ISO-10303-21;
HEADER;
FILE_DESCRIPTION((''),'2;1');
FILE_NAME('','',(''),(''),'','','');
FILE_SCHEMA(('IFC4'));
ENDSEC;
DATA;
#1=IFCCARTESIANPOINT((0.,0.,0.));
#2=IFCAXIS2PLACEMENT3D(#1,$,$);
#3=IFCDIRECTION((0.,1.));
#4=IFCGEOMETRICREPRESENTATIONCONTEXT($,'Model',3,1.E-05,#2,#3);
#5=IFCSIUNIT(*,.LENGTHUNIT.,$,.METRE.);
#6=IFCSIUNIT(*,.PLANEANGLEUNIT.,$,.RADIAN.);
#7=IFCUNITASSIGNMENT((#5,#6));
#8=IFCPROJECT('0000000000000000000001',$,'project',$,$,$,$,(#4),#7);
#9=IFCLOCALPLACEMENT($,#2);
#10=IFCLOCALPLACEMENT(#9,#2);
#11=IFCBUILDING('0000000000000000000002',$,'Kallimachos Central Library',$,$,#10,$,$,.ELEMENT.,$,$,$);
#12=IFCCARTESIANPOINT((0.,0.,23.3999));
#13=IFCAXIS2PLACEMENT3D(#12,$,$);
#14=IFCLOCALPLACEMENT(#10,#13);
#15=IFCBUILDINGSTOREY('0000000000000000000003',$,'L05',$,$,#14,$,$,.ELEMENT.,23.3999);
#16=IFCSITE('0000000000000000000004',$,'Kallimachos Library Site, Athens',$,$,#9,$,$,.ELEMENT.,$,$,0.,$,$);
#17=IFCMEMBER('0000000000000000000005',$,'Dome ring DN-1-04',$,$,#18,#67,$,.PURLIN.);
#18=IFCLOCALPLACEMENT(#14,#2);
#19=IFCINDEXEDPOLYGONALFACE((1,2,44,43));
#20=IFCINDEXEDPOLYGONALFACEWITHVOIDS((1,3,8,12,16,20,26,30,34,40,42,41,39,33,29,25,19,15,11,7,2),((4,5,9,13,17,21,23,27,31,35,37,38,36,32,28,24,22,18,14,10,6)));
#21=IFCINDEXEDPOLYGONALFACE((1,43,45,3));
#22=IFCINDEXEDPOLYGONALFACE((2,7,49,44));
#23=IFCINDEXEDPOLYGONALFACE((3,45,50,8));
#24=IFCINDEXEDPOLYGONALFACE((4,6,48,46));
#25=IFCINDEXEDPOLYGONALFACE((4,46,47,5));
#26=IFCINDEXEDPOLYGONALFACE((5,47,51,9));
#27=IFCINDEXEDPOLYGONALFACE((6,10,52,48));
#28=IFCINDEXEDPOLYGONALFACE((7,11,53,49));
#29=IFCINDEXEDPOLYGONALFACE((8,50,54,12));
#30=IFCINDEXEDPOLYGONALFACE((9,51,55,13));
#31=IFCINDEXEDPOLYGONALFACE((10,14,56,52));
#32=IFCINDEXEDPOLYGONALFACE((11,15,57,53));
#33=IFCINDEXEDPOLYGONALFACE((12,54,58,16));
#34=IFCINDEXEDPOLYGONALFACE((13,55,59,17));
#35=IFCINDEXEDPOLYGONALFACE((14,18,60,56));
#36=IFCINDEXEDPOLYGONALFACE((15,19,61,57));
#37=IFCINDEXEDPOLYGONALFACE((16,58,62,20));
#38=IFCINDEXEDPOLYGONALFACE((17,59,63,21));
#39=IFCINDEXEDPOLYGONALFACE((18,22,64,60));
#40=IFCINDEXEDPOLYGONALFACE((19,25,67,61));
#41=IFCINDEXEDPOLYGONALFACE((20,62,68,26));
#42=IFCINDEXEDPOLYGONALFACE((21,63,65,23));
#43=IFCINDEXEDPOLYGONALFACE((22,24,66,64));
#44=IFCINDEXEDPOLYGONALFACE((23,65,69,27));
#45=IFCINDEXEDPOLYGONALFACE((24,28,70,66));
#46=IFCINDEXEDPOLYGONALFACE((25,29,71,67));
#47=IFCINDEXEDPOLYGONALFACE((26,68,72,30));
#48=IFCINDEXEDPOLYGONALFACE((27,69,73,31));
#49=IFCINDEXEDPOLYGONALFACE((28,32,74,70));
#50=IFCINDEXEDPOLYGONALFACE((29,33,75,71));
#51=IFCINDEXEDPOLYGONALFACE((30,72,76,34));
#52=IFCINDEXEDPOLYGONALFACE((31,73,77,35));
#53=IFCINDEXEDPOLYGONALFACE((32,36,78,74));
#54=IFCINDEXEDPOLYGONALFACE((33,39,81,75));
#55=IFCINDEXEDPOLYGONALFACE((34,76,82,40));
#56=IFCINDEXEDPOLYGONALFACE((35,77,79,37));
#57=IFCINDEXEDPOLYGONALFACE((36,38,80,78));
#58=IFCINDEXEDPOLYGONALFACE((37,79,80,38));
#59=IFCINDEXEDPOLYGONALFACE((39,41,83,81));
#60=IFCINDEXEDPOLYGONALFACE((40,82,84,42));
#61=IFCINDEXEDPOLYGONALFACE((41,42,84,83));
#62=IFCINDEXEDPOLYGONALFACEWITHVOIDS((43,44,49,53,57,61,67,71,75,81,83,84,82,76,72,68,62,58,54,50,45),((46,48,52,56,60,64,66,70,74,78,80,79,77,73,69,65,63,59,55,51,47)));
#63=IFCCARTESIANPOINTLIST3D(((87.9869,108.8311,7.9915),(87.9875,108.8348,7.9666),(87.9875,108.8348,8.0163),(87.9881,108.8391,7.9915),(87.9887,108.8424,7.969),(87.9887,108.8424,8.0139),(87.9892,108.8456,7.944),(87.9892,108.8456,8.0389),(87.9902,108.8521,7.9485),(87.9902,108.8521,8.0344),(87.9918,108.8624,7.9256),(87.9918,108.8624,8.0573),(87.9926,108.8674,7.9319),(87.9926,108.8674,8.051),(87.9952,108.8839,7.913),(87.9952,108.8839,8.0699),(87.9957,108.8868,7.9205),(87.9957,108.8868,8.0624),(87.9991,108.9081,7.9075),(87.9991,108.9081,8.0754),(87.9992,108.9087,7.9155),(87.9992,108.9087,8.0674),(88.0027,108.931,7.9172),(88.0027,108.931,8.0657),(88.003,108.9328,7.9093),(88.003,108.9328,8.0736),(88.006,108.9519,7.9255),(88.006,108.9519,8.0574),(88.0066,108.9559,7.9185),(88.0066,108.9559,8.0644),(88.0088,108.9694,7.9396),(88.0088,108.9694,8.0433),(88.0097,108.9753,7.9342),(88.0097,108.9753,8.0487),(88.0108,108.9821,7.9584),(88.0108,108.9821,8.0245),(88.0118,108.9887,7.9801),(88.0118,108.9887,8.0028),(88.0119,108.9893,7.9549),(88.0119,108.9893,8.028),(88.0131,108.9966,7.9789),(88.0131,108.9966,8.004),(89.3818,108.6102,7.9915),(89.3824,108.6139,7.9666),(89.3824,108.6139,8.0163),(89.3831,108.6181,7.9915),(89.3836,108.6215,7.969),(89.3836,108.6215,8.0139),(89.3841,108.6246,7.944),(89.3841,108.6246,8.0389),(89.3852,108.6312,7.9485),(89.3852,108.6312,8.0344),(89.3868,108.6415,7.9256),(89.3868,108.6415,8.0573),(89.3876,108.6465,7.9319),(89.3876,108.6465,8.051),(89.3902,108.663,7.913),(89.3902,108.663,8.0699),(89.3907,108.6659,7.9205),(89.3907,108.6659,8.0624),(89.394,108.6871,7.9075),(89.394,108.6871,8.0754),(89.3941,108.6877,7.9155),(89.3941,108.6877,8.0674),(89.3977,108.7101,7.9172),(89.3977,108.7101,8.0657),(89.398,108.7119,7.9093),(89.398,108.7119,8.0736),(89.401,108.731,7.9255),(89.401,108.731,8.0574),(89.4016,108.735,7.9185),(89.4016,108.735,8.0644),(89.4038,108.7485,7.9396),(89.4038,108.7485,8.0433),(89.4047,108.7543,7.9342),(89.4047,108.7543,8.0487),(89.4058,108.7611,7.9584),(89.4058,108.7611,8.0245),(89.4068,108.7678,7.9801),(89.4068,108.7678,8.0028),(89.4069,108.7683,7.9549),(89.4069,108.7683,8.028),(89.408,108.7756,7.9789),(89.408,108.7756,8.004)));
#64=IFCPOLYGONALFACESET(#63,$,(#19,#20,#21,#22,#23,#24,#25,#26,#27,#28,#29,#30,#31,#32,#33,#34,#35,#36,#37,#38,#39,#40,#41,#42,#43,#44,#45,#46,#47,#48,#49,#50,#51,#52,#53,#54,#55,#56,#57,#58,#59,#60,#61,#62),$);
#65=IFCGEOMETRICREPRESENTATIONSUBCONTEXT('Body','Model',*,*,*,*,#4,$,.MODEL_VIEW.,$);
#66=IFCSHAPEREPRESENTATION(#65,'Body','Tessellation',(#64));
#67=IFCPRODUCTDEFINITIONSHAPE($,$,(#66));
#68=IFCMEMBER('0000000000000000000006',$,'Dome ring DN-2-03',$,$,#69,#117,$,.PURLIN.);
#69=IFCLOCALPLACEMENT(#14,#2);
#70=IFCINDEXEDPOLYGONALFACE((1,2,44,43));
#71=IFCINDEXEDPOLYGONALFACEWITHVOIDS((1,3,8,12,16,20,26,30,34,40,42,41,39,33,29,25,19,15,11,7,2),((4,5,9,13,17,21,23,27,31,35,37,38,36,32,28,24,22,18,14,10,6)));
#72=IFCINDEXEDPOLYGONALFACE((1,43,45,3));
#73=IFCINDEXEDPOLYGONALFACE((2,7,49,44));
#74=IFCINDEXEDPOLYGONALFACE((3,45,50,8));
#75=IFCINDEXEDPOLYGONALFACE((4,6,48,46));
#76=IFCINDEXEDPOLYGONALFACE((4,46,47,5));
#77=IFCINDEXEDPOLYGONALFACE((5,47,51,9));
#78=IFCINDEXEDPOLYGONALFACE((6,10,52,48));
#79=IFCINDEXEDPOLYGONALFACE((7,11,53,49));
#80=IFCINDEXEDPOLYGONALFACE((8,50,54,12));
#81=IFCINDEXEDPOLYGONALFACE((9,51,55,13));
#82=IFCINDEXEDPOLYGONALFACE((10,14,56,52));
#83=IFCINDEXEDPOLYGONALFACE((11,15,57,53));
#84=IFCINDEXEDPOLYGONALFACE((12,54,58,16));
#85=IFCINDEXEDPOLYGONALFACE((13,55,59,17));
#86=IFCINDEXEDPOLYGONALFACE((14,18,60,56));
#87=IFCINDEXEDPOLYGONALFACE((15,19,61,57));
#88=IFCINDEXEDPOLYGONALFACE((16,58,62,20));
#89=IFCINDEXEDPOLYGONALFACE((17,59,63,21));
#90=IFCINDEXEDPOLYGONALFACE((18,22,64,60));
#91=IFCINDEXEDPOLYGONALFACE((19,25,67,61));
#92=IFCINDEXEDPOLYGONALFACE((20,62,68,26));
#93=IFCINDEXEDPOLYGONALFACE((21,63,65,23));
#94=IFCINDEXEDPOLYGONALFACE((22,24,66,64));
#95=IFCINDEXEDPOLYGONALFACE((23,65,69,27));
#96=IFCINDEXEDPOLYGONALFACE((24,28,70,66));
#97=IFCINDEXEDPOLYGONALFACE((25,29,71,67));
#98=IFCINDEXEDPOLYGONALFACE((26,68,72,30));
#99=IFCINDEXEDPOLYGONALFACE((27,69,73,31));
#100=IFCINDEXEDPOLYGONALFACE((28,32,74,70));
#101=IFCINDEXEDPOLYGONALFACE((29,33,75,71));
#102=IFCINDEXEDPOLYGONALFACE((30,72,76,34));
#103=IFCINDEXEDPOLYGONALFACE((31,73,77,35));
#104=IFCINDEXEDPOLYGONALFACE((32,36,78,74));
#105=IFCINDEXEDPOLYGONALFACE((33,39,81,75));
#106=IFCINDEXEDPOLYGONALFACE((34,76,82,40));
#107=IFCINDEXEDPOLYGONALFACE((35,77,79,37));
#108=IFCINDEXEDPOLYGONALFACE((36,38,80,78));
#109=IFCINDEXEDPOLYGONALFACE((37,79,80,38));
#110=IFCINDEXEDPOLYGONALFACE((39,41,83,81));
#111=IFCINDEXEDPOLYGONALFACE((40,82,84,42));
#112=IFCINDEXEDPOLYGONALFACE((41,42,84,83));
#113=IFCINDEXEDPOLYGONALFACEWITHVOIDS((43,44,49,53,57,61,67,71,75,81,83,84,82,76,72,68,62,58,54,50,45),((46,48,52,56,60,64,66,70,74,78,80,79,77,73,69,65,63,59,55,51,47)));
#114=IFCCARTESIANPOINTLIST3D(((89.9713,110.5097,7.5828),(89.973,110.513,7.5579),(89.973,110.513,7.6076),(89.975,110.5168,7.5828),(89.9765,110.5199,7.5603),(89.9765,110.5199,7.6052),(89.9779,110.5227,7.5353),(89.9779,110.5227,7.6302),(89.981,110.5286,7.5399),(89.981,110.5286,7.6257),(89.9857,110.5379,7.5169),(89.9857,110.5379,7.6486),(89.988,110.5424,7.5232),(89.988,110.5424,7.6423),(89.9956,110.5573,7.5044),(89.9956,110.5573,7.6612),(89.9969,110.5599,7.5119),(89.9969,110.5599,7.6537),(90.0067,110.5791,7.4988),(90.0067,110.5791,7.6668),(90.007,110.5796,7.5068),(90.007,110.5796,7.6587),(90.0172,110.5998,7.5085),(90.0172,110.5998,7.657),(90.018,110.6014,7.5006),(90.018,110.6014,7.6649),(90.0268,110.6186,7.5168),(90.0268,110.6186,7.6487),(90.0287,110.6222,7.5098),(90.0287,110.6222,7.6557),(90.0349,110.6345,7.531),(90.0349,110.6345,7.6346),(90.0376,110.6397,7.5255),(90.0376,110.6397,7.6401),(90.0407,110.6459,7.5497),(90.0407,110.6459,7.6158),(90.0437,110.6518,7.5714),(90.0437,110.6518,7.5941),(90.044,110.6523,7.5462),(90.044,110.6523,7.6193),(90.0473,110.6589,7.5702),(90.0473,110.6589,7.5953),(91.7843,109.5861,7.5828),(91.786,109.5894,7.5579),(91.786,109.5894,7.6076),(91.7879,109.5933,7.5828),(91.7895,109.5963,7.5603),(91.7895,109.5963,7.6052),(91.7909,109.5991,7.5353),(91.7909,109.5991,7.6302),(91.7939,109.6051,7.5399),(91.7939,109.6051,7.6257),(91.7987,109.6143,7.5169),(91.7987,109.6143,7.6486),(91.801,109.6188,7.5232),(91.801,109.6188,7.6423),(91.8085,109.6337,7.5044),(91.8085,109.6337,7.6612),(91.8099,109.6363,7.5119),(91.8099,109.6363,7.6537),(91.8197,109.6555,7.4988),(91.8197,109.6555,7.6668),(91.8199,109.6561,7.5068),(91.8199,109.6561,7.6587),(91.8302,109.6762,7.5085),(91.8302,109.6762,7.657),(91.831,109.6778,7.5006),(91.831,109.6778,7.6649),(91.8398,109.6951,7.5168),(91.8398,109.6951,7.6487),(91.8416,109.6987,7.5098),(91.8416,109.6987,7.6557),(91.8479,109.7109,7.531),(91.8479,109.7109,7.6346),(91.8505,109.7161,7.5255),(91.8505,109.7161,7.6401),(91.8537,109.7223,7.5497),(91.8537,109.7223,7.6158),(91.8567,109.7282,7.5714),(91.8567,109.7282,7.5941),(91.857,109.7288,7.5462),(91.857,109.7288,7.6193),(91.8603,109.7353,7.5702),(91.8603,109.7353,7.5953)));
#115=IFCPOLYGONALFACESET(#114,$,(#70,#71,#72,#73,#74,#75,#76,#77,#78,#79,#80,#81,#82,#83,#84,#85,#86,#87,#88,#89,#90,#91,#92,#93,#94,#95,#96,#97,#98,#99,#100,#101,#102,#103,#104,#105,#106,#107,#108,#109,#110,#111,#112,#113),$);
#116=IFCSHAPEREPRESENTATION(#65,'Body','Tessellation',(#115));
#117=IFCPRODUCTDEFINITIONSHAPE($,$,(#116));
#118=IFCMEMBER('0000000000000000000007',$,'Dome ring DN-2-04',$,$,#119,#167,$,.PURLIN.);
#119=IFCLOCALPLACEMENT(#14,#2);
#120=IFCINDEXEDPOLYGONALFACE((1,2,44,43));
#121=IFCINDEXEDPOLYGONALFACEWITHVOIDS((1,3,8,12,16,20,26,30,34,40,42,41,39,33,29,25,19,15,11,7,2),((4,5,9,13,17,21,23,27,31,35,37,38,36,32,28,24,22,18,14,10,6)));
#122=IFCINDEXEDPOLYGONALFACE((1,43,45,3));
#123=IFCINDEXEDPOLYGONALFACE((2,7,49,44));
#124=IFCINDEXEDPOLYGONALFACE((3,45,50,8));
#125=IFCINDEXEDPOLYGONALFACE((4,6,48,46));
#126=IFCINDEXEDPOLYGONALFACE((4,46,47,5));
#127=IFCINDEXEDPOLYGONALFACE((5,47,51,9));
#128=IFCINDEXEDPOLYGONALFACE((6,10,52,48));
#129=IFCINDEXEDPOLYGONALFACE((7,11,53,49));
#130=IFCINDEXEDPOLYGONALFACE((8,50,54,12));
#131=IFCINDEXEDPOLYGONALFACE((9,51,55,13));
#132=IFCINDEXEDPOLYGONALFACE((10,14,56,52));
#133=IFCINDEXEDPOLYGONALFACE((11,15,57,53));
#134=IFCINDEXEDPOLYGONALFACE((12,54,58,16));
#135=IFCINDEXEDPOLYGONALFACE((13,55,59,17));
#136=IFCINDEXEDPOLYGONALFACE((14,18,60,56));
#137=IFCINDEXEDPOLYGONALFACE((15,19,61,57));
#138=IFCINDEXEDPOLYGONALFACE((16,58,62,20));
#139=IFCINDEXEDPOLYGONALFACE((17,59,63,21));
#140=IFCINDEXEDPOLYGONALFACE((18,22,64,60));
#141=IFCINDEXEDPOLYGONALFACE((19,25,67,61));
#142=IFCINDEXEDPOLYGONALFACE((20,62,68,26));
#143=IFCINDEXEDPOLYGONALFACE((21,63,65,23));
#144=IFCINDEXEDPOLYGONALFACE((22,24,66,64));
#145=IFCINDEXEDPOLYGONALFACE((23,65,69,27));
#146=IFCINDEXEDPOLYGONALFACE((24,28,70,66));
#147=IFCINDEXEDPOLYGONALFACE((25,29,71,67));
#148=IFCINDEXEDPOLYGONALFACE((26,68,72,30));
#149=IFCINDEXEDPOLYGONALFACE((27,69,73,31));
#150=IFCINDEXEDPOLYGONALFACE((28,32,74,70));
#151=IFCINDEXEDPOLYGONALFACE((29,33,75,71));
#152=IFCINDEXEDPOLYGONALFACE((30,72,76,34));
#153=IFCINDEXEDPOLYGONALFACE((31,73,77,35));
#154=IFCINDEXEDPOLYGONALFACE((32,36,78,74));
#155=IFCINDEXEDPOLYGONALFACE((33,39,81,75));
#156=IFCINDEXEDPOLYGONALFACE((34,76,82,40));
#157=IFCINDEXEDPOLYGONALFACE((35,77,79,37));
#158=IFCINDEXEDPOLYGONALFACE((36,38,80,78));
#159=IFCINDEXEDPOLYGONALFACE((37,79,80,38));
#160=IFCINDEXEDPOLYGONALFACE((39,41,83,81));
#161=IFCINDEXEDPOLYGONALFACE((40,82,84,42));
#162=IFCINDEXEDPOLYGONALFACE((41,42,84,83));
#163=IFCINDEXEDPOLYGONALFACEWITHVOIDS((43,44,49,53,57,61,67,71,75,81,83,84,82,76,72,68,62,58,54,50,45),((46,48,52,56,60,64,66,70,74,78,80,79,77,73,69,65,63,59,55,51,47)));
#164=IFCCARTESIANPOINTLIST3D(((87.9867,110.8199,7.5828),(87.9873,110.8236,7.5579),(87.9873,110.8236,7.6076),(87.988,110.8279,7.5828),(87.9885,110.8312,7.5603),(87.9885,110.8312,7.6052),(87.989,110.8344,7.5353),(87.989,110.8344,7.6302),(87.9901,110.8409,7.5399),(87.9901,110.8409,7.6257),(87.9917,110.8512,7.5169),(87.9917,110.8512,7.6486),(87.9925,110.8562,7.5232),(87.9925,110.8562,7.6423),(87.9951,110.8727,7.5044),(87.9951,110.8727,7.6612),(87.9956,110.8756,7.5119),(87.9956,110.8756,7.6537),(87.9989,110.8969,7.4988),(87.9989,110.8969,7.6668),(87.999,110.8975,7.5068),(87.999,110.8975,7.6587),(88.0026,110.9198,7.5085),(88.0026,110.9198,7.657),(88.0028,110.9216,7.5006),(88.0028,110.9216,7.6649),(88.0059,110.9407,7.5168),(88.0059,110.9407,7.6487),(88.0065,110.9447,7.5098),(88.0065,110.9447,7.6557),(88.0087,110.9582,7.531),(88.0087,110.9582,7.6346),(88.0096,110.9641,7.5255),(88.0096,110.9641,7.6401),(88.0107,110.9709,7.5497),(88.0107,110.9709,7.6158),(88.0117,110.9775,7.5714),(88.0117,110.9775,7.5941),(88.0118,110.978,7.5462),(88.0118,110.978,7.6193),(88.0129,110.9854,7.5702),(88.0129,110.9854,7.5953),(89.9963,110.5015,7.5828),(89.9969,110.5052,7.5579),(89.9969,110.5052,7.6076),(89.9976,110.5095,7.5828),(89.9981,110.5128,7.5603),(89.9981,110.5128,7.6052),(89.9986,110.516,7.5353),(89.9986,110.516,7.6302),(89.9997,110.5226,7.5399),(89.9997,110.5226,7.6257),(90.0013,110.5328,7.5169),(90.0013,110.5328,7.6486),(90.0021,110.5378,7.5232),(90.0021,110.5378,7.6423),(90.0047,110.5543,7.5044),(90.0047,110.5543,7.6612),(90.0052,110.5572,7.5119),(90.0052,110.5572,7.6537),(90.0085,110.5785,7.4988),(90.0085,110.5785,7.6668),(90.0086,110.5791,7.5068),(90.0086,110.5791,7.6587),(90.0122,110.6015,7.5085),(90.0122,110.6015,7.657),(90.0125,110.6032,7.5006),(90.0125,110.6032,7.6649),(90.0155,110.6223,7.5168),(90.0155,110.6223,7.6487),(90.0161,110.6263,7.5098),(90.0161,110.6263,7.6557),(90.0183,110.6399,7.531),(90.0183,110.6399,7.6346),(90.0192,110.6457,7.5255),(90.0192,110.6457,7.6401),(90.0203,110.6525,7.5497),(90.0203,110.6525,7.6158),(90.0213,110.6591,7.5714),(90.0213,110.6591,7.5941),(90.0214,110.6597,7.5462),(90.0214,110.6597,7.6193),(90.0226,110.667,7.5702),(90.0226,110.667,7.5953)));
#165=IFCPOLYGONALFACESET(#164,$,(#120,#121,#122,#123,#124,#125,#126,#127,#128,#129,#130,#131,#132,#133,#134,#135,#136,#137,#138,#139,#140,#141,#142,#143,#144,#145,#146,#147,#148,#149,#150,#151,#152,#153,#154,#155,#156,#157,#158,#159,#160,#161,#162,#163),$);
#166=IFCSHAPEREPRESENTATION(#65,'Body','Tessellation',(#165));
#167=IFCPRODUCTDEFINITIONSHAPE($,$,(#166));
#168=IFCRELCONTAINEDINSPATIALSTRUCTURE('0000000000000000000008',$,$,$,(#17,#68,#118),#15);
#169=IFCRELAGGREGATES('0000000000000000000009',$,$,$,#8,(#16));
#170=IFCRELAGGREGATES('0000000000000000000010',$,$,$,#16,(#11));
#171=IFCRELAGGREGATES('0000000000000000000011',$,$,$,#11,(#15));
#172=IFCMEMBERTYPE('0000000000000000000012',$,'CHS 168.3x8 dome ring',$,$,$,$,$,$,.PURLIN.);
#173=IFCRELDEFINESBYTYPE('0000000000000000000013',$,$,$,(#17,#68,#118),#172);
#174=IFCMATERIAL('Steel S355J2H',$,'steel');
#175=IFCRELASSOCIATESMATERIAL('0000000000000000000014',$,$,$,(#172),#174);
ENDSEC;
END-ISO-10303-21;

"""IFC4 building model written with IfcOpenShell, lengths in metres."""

from ifc_helpers import new_model, si_unit, direction, frame, origin, origin_2d, place, context, subcontext, project, spatial, hollow_circle, extrude, material, material_profile, profile_set, type_object, element, save


model = new_model("IFC4")

# Units and contexts
model_context = context("Model", 3, precision=1e-05, world=origin(), true_north=direction((0.0, 1.0)))
body_context = subcontext(model_context, "Body", "Model", "MODEL_VIEW")
ifc_project = project(units=[si_unit("LENGTHUNIT", "METRE"), si_unit("PLANEANGLEUNIT", "RADIAN")], contexts=[model_context])

# Site, building, storey
site_placement = place(None, origin())
site = spatial("IfcSite", under=ifc_project, at=site_placement, Name="Kallimachos Library Site, Athens", CompositionType="ELEMENT", RefElevation=0.0)
building_placement = place(site_placement, origin())
building = spatial("IfcBuilding", under=site, at=building_placement, Name="Kallimachos Central Library", CompositionType="ELEMENT")
storey_placement = place(building_placement, frame((0.0, 0.0, 23.3999)))
storey = spatial("IfcBuildingStorey", under=building, at=storey_placement, Name="L05", CompositionType="ELEMENT", Elevation=23.3999)

# Members
ifc_material_1 = material(Name="Steel S355J2H", Category="steel")
ifc_material_profile_1 = material_profile(ifc_material_1, hollow_circle(Radius=0.0842, WallThickness=0.0081, at=origin_2d()), Name="CHS 168.3x8")
ifc_profile_set_1 = profile_set([ifc_material_profile_1], Name="Steel S355J2H")
member_type_1 = type_object("IfcMemberType", Name="CHS 168.3x8 dome ring", PredefinedType="PURLIN", material=ifc_profile_set_1)
member_1_placement = place(storey_placement, frame((89.395, 108.6934, 7.9915), z_axis=(-0.987689, 0.156433, 0.0), x_axis=(-0.156433, -0.987689, 0.0)))
element("IfcMember", 1, at=member_1_placement, inside=storey, type_object=member_type_1, Name="Dome ring DN-1-04", PredefinedType="PURLIN", context=body_context, shape_type="SweptSolid", body=[
    extrude(hollow_circle(Radius=0.0842, WallThickness=0.0081, at=origin_2d()), origin(), (0.0, 0.0, 1.0), 1.4124),
])
for number, where, z_axis, x_axis, name in (
    (2, (91.8225, 109.6611, 7.5828), (-0.891042, 0.45392, 0.0), (-0.45392, -0.891042, 0.0), "Dome ring DN-2-03"),
    (3, (90.0095, 110.5847, 7.5828), (-0.987682, 0.156474, 0.0), (-0.156474, -0.987682, 0.0), "Dome ring DN-2-04"),
):
    element("IfcMember", number, at=place(storey_placement, frame(where, z_axis=z_axis, x_axis=x_axis)), inside=storey, type_object=member_type_1, Name=name, PredefinedType="PURLIN", context=body_context, shape_type="SweptSolid", body=[
        extrude(hollow_circle(Radius=0.0842, WallThickness=0.0081, at=origin_2d()), origin(), (0.0, 0.0, 1.0), 2.0347),
    ])

save(model, "model.ifc")
